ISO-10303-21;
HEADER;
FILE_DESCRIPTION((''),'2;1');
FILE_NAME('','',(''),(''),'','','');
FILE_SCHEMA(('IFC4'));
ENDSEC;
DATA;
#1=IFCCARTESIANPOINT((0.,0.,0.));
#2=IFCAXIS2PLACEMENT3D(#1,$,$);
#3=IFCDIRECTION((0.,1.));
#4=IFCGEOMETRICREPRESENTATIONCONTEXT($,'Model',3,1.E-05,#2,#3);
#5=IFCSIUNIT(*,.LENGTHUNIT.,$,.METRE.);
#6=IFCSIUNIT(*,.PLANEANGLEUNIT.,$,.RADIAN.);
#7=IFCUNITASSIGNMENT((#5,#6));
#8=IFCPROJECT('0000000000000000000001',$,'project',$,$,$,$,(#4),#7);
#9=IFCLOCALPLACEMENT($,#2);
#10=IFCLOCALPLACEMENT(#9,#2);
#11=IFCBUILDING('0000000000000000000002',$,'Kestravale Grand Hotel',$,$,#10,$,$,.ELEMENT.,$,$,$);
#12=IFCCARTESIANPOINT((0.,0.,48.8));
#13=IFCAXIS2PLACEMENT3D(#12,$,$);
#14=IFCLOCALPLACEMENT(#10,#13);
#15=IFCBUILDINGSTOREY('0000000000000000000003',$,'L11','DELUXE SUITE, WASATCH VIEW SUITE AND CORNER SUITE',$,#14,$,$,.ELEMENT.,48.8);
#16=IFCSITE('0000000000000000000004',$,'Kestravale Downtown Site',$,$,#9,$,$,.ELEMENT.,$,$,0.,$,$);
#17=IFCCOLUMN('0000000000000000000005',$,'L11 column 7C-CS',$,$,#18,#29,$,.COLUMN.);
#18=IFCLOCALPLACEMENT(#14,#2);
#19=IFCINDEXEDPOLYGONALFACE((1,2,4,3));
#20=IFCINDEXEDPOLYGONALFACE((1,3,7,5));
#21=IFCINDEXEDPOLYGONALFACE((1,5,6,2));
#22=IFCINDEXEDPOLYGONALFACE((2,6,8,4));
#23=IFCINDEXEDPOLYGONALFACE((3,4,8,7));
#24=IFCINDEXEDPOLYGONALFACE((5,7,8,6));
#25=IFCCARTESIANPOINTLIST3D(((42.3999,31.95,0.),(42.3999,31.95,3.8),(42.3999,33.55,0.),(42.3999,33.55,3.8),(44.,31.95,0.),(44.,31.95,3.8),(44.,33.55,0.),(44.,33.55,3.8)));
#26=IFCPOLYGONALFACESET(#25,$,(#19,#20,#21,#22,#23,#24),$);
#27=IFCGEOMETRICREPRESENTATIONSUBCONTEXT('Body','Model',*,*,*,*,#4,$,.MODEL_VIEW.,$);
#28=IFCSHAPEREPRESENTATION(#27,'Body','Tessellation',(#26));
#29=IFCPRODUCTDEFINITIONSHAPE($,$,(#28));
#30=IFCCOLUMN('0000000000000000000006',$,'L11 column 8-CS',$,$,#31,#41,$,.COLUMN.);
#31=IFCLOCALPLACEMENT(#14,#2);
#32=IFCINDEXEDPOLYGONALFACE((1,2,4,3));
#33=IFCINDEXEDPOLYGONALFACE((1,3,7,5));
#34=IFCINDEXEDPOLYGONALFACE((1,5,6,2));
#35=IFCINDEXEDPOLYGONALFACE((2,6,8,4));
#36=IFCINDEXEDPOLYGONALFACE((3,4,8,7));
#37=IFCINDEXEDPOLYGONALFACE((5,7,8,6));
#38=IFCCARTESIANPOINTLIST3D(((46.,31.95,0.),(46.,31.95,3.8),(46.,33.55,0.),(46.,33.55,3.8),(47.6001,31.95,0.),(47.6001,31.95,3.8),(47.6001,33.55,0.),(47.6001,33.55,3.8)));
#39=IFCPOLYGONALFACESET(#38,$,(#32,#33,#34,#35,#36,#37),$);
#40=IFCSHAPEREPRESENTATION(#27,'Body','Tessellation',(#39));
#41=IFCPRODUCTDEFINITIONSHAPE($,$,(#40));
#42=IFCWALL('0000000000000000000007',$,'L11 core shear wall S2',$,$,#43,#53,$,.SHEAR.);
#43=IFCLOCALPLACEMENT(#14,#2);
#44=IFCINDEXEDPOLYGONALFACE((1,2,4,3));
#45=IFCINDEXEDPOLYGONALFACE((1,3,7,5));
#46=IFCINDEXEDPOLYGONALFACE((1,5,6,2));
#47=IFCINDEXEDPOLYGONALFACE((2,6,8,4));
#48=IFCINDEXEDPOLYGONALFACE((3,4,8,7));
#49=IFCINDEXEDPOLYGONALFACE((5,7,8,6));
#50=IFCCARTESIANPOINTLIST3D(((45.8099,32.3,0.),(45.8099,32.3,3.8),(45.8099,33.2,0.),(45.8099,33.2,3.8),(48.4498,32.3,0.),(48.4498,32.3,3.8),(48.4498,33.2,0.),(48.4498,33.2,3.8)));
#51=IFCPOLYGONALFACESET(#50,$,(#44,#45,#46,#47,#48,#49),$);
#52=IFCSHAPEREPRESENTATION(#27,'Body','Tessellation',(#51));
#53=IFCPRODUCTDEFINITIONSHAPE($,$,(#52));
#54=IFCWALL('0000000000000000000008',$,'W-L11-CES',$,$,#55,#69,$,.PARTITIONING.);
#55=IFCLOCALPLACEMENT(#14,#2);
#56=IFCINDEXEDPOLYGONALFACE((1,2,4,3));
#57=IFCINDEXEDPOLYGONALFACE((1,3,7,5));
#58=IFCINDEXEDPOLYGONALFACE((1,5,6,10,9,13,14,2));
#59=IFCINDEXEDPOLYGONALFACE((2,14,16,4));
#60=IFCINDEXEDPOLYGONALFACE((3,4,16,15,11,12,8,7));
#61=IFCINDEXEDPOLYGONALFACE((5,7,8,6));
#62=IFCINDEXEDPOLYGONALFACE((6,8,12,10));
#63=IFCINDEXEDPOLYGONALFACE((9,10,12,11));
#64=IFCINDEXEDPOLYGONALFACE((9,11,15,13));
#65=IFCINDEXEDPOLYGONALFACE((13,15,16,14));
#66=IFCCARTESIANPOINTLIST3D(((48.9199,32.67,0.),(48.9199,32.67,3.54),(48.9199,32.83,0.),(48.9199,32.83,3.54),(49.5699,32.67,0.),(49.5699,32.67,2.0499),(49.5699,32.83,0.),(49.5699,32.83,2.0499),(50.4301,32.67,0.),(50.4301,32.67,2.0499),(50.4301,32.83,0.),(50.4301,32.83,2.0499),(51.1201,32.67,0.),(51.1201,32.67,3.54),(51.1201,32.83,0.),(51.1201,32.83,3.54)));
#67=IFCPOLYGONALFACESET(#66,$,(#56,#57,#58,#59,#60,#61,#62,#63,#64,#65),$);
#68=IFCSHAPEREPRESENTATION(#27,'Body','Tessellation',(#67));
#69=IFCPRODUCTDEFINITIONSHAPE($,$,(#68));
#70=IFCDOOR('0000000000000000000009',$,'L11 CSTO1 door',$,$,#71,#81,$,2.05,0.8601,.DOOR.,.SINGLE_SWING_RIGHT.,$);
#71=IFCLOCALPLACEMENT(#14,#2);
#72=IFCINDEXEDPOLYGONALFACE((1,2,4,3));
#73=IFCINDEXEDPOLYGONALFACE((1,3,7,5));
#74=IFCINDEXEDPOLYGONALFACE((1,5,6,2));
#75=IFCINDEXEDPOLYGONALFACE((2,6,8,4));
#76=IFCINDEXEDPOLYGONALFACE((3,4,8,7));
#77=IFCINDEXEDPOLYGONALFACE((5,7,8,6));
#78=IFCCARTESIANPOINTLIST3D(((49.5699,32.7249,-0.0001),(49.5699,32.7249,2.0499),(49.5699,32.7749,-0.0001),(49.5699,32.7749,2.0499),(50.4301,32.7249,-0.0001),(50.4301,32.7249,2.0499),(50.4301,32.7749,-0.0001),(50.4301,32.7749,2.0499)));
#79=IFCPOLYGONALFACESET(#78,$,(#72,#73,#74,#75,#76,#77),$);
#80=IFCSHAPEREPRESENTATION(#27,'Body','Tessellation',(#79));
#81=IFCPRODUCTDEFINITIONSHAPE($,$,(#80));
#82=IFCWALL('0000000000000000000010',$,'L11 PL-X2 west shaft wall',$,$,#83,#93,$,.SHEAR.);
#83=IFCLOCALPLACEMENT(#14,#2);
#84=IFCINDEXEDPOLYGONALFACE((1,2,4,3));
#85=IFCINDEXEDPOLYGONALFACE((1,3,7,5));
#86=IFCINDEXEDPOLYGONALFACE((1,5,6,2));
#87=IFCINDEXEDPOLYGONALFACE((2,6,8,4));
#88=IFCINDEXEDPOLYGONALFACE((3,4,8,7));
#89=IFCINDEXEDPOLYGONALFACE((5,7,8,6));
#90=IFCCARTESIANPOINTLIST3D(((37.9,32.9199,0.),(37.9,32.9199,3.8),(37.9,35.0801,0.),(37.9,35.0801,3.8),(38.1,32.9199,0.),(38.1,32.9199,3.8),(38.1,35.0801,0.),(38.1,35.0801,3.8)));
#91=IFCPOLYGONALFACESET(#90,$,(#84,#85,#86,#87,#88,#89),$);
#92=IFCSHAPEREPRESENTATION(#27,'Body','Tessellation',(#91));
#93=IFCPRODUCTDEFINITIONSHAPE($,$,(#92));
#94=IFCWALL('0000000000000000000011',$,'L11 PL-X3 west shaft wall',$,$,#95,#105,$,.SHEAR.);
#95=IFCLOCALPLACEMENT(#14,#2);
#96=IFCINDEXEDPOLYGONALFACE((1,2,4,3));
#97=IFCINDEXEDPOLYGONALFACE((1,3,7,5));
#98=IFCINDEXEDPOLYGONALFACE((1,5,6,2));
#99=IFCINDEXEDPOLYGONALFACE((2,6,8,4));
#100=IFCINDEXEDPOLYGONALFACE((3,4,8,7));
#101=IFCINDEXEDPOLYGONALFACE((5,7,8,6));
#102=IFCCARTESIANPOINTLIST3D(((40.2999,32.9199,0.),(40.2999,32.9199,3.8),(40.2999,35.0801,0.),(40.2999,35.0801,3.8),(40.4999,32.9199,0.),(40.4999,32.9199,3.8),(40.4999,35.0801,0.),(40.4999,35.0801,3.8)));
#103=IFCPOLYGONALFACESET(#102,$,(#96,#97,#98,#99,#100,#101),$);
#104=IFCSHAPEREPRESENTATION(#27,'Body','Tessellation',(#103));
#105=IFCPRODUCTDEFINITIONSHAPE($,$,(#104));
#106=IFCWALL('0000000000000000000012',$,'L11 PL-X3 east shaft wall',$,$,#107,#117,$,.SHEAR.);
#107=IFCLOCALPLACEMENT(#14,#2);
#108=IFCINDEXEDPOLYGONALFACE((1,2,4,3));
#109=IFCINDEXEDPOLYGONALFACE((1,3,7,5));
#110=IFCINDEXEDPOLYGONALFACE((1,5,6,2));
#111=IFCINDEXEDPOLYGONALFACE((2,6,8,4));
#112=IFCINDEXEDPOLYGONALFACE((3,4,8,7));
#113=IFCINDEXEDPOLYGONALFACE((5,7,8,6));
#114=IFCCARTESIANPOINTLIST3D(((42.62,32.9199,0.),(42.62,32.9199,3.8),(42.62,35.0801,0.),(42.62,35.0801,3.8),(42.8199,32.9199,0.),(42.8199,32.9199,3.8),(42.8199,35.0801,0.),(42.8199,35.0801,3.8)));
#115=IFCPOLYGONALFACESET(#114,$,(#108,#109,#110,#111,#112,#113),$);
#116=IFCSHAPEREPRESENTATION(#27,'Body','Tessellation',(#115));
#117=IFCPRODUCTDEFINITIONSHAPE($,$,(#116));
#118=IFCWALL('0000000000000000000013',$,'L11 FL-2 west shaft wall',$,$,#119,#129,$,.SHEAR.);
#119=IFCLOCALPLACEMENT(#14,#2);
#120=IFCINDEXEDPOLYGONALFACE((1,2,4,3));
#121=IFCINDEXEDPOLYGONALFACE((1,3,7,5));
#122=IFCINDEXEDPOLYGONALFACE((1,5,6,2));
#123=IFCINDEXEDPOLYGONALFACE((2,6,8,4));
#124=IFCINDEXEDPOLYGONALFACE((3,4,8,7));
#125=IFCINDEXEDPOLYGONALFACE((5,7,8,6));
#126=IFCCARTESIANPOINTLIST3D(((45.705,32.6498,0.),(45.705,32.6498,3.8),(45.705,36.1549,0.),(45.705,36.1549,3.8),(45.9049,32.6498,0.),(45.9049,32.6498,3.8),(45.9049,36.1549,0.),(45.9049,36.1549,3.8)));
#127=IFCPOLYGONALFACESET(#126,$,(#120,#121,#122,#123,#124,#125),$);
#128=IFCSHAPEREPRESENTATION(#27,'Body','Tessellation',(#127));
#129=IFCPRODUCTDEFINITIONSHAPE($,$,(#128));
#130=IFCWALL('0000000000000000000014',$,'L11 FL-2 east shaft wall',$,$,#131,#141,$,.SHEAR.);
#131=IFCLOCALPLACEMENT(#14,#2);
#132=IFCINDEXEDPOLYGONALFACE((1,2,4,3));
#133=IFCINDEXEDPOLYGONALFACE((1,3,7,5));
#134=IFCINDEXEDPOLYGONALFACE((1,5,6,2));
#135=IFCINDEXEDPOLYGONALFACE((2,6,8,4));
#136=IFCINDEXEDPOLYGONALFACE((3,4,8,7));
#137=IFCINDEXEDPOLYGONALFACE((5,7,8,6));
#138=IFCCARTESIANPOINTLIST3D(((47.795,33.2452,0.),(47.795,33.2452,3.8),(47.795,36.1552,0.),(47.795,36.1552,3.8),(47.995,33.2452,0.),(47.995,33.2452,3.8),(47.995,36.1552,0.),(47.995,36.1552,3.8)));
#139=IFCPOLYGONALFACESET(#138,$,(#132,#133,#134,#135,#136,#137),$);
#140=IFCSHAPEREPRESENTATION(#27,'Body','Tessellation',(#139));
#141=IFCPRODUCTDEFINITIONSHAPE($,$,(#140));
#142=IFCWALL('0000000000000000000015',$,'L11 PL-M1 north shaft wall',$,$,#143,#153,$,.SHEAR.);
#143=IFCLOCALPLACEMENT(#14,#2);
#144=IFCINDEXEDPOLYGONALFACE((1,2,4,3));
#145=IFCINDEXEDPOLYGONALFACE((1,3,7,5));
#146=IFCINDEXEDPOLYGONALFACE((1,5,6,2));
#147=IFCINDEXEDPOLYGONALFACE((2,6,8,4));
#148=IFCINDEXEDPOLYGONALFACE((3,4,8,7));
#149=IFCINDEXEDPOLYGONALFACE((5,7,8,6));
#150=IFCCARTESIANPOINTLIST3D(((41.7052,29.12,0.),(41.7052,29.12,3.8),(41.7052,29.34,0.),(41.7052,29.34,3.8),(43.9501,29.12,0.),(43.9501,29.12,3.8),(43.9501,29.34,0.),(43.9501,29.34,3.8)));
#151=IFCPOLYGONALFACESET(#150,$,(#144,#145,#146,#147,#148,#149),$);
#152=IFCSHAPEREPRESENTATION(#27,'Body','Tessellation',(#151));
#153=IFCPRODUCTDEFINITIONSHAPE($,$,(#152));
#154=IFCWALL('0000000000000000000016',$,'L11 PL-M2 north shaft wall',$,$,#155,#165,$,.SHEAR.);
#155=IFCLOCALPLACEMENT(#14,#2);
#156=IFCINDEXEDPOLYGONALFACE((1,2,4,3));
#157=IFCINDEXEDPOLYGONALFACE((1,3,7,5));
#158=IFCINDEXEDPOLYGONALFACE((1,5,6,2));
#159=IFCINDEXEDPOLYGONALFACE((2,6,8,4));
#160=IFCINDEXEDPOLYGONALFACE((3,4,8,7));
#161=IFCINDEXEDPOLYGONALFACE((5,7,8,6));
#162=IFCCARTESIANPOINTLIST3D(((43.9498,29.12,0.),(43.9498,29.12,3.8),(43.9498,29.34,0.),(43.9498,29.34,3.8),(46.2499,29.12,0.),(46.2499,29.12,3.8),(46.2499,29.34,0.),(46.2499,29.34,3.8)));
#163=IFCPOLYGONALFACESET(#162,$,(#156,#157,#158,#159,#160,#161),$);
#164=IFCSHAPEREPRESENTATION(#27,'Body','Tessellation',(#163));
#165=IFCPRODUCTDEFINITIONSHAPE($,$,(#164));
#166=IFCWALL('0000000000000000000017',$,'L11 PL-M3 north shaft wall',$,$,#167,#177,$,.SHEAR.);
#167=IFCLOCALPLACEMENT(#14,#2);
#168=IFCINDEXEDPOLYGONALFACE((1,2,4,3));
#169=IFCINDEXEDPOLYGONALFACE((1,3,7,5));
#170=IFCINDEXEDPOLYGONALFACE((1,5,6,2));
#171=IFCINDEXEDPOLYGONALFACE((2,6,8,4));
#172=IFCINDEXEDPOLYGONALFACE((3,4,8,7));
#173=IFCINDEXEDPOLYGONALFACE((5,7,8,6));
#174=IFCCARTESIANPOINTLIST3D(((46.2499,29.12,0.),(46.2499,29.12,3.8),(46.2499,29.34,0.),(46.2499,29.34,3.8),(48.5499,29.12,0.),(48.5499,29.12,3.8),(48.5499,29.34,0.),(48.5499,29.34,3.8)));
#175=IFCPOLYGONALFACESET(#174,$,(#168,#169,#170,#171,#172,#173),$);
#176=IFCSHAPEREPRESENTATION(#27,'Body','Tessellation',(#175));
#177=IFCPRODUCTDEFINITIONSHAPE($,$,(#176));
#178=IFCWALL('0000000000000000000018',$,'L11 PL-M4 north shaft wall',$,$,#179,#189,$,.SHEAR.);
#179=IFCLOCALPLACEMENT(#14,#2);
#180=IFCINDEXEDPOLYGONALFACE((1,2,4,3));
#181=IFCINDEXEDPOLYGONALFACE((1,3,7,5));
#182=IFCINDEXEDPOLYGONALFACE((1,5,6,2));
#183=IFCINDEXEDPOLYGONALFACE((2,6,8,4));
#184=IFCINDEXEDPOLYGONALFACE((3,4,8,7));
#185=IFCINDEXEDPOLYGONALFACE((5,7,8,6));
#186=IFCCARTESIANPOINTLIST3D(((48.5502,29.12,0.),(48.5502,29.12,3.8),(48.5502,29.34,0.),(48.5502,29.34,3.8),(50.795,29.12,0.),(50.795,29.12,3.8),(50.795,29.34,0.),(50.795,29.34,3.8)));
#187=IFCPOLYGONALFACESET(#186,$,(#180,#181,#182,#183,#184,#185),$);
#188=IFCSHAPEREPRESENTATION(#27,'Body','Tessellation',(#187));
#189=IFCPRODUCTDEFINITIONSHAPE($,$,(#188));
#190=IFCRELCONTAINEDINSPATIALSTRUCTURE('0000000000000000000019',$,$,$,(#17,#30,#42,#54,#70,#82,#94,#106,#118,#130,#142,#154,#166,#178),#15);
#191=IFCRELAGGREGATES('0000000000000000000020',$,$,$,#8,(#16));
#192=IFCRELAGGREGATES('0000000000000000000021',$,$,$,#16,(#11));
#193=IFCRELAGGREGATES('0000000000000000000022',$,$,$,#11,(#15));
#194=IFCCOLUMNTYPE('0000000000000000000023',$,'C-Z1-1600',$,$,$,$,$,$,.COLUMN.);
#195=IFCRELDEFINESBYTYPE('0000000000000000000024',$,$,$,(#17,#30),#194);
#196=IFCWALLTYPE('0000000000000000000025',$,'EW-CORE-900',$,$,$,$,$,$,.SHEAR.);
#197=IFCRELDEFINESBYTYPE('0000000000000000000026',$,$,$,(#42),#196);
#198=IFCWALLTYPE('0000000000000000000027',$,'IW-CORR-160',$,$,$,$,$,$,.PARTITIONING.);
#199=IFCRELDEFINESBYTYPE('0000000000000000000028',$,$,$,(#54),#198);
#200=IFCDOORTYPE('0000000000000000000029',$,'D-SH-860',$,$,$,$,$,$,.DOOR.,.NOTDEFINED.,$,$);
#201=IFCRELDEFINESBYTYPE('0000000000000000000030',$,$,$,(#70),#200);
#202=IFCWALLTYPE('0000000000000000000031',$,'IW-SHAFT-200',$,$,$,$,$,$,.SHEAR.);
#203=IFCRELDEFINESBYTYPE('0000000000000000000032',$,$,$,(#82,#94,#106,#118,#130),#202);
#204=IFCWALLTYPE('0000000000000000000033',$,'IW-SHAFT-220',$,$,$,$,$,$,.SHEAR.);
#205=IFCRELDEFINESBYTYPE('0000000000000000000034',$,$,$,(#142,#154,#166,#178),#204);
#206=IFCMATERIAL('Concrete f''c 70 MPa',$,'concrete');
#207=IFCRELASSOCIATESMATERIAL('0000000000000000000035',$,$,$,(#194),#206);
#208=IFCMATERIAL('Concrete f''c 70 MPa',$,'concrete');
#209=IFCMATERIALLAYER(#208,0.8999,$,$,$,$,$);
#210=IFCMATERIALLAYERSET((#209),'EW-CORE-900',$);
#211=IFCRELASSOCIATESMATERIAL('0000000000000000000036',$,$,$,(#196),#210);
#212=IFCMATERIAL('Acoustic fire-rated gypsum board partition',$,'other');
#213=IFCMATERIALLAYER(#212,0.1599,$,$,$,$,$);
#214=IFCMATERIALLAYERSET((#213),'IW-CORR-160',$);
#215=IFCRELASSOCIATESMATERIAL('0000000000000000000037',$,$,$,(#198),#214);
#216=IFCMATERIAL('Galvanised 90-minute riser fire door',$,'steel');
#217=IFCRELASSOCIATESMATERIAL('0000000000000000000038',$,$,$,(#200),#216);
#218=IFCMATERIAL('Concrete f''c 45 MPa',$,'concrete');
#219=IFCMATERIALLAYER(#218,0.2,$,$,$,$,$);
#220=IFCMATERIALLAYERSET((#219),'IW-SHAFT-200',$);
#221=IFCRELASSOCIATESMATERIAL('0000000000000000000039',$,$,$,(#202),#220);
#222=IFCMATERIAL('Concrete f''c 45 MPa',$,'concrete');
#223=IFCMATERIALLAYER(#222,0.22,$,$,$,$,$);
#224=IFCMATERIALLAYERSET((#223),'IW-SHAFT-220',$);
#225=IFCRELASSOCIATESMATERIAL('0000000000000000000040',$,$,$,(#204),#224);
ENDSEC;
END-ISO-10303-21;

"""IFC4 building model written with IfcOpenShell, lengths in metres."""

from ifc_helpers import new_model, si_unit, direction, frame, frame_2d, origin, origin_2d, place, context, subcontext, project, spatial, rectangle, extrude, material, layer, layer_set, material_profile, profile_set, type_object, element, fill, save


model = new_model("IFC4")

# Units and contexts
model_context = context("Model", 3, precision=1e-05, world=origin(), true_north=direction((0.0, 1.0)))
body_context = subcontext(model_context, "Body", "Model", "MODEL_VIEW")
ifc_project = project(units=[si_unit("LENGTHUNIT", "METRE"), si_unit("PLANEANGLEUNIT", "RADIAN")], contexts=[model_context])

# Site, building, storey
site_placement = place(None, origin())
site = spatial("IfcSite", under=ifc_project, at=site_placement, Name="Kestravale Downtown Site", CompositionType="ELEMENT", RefElevation=0.0)
building_placement = place(site_placement, origin())
building = spatial("IfcBuilding", under=site, at=building_placement, Name="Kestravale Grand Hotel", CompositionType="ELEMENT")
storey_placement = place(building_placement, frame((0.0, 0.0, 48.8)))
storey = spatial("IfcBuildingStorey", under=building, at=storey_placement, Name="L11", Description="DELUXE SUITE, WASATCH VIEW SUITE AND CORNER SUITE", CompositionType="ELEMENT", Elevation=48.8)

# Columns
ifc_material_1 = material(Name="Concrete f'c 70 MPa", Category="concrete")
ifc_material_profile = material_profile(ifc_material_1, rectangle(XDim=1.6001, YDim=1.6001, at=origin_2d()))
ifc_profile_set = profile_set([ifc_material_profile], Name="Concrete f'c 70 MPa")
column_type = type_object("IfcColumnType", Name="C-Z1-1600", PredefinedType="COLUMN", material=ifc_profile_set)
for number, where, z_axis, x_axis, name in (
    (1, (43.2, 32.75, 0.0), (0.0, 0.0, 1.0), (1.0, 0.0, 0.0), "L11 column 7C-CS"),
    (2, (46.8, 32.75, 0.0), (0.0, 0.0, 1.0), (1.0, 0.0, 0.0), "L11 column 8-CS"),
):
    element("IfcColumn", number, at=place(storey_placement, frame(where, z_axis=z_axis, x_axis=x_axis)), inside=storey, type_object=column_type, Name=name, PredefinedType="COLUMN", context=body_context, shape_type="SweptSolid", body=[
        extrude(rectangle(XDim=1.6001, YDim=1.6001, at=origin_2d()), origin(), (0.0, 0.0, 1.0), 3.8),
    ])

# Wall
ifc_material_2 = material(Name="Concrete f'c 70 MPa", Category="concrete")
ifc_layer_1 = layer(ifc_material_2, 0.8999)
ifc_layer_set_1 = layer_set([ifc_layer_1], Name="EW-CORE-900")
wall_type_1 = type_object("IfcWallType", Name="EW-CORE-900", PredefinedType="SHEAR", material=ifc_layer_set_1)
wall_1_placement = place(storey_placement, frame((45.8101, 32.75, 0.0), z_axis=(0.0, 0.0, 1.0), x_axis=(1.0, 0.0, 0.0)))
element("IfcWall", 3, at=wall_1_placement, inside=storey, type_object=wall_type_1, Name="L11 core shear wall S2", PredefinedType="SHEAR", context=body_context, shape_type="SweptSolid", body=[
    extrude(rectangle(XDim=2.6399, YDim=0.8999, at=frame_2d((1.3198, 0.0))), origin(), (0.0, 0.0, 1.0), 3.8),
])

# Wall, opening, door
ifc_material_3 = material(Name="Acoustic fire-rated gypsum board partition", Category="other")
ifc_layer_2 = layer(ifc_material_3, 0.1599)
ifc_layer_set_2 = layer_set([ifc_layer_2], Name="IW-CORR-160")
wall_type_2 = type_object("IfcWallType", Name="IW-CORR-160", PredefinedType="PARTITIONING", material=ifc_layer_set_2)
wall_2_placement = place(storey_placement, frame((48.9199, 32.75, 0.0), z_axis=(0.0, 0.0, 1.0), x_axis=(1.0, 0.0, 0.0)))
wall_2 = element("IfcWall", 4, at=wall_2_placement, inside=storey, type_object=wall_type_2, Name="W-L11-CES", PredefinedType="PARTITIONING", context=body_context, shape_type="SweptSolid", body=[
    extrude(rectangle(XDim=2.2002, YDim=0.1599, at=frame_2d((1.1001, 0.0))), origin(), (0.0, 0.0, 1.0), 3.54),
])
opening_1_placement = place(wall_2_placement, frame((0.6499, 0.0, 0.0)))
opening_1 = element("IfcOpeningElement", 5, at=opening_1_placement, cuts=wall_2, PredefinedType="OPENING", context=body_context, shape_type="SweptSolid", body=[
    extrude(rectangle(XDim=0.8601, YDim=2.05, at=frame_2d((0.4302, 1.0249))), frame((0.0, 0.0898, 0.0), z_axis=(0.0, -1.0, 0.0), x_axis=(1.0, 0.0, 0.0)), (0.0, 0.0, 1.0), 0.1799),
])
ifc_material_4 = material(Name="Galvanised 90-minute riser fire door", Category="steel")
door_type_1 = type_object("IfcDoorType", Name="D-SH-860", OperationType="NOTDEFINED", PredefinedType="DOOR", material=ifc_material_4)
door_1_placement = place(opening_1_placement, origin())
door_1 = element("IfcDoor", 6, at=door_1_placement, inside=storey, type_object=door_type_1, Name="L11 CSTO1 door", OperationType="SINGLE_SWING_RIGHT", OverallHeight=2.05, OverallWidth=0.8601, PredefinedType="DOOR", context=body_context, shape_type="SweptSolid", body=[
    extrude(rectangle(XDim=0.8601, YDim=2.05, at=frame_2d((0.4302, 1.0249))), frame((0.0, 0.0249, 0.0), z_axis=(0.0, -1.0, 0.0), x_axis=(1.0, 0.0, 0.0)), (0.0, 0.0, 1.0), 0.05),
])
fill(opening_1, door_1)

# Walls
ifc_material_5 = material(Name="Concrete f'c 45 MPa", Category="concrete")
ifc_layer_3 = layer(ifc_material_5, 0.2)
ifc_layer_set_3 = layer_set([ifc_layer_3], Name="IW-SHAFT-200")
wall_type_3 = type_object("IfcWallType", Name="IW-SHAFT-200", PredefinedType="SHEAR", material=ifc_layer_set_3)
for number, where, z_axis, x_axis, name in (
    (7, (38.0, 32.9199, 0.0), (0.0, 0.0, 1.0), (0.0, 1.0, 0.0), "L11 PL-X2 west shaft wall"),
    (8, (40.3999, 32.9199, 0.0), (0.0, 0.0, 1.0), (0.0, 1.0, 0.0), "L11 PL-X3 west shaft wall"),
    (9, (42.72, 32.9199, 0.0), (0.0, 0.0, 1.0), (0.0, 1.0, 0.0), "L11 PL-X3 east shaft wall"),
):
    element("IfcWall", number, at=place(storey_placement, frame(where, z_axis=z_axis, x_axis=x_axis)), inside=storey, type_object=wall_type_3, Name=name, PredefinedType="SHEAR", context=body_context, shape_type="SweptSolid", body=[
        extrude(rectangle(XDim=2.1602, YDim=0.2, at=frame_2d((1.0801, 0.0))), origin(), (0.0, 0.0, 1.0), 3.8),
    ])
wall_3_placement = place(storey_placement, frame((45.8049, 32.6499, 0.0), z_axis=(0.0, 0.0, 1.0), x_axis=(0.0, 1.0, 0.0)))
element("IfcWall", 10, at=wall_3_placement, inside=storey, type_object=wall_type_3, Name="L11 FL-2 west shaft wall", PredefinedType="SHEAR", context=body_context, shape_type="SweptSolid", body=[
    extrude(rectangle(XDim=3.5051, YDim=0.2, at=frame_2d((1.7524, 0.0))), origin(), (0.0, 0.0, 1.0), 3.8),
])
wall_4_placement = place(storey_placement, frame((47.895, 33.2451, 0.0), z_axis=(0.0, 0.0, 1.0), x_axis=(0.0, 1.0, 0.0)))
element("IfcWall", 11, at=wall_4_placement, inside=storey, type_object=wall_type_3, Name="L11 FL-2 east shaft wall", PredefinedType="SHEAR", context=body_context, shape_type="SweptSolid", body=[
    extrude(rectangle(XDim=2.9099, YDim=0.2, at=frame_2d((1.4551, 0.0))), origin(), (0.0, 0.0, 1.0), 3.8),
])
ifc_material_6 = material(Name="Concrete f'c 45 MPa", Category="concrete")
ifc_layer_4 = layer(ifc_material_6, 0.22)
ifc_layer_set_4 = layer_set([ifc_layer_4], Name="IW-SHAFT-220")
wall_type_4 = type_object("IfcWallType", Name="IW-SHAFT-220", PredefinedType="SHEAR", material=ifc_layer_set_4)
wall_5_placement = place(storey_placement, frame((41.7051, 29.23, 0.0), z_axis=(0.0, 0.0, 1.0), x_axis=(1.0, 0.0, 0.0)))
element("IfcWall", 12, at=wall_5_placement, inside=storey, type_object=wall_type_4, Name="L11 PL-M1 north shaft wall", PredefinedType="SHEAR", context=body_context, shape_type="SweptSolid", body=[
    extrude(rectangle(XDim=2.2449, YDim=0.22, at=frame_2d((1.1226, 0.0))), origin(), (0.0, 0.0, 1.0), 3.8),
])
for number, where, z_axis, x_axis, name in (
    (13, (43.95, 29.23, 0.0), (0.0, 0.0, 1.0), (1.0, 0.0, 0.0), "L11 PL-M2 north shaft wall"),
    (14, (46.25, 29.23, 0.0), (0.0, 0.0, 1.0), (1.0, 0.0, 0.0), "L11 PL-M3 north shaft wall"),
):
    element("IfcWall", number, at=place(storey_placement, frame(where, z_axis=z_axis, x_axis=x_axis)), inside=storey, type_object=wall_type_4, Name=name, PredefinedType="SHEAR", context=body_context, shape_type="SweptSolid", body=[
        extrude(rectangle(XDim=2.3, YDim=0.22, at=frame_2d((1.1499, 0.0))), origin(), (0.0, 0.0, 1.0), 3.8),
    ])
wall_6_placement = place(storey_placement, frame((48.55, 29.23, 0.0), z_axis=(0.0, 0.0, 1.0), x_axis=(1.0, 0.0, 0.0)))
element("IfcWall", 15, at=wall_6_placement, inside=storey, type_object=wall_type_4, Name="L11 PL-M4 north shaft wall", PredefinedType="SHEAR", context=body_context, shape_type="SweptSolid", body=[
    extrude(rectangle(XDim=2.2449, YDim=0.22, at=frame_2d((1.1226, 0.0))), origin(), (0.0, 0.0, 1.0), 3.8),
])

save(model, "model.ifc")
